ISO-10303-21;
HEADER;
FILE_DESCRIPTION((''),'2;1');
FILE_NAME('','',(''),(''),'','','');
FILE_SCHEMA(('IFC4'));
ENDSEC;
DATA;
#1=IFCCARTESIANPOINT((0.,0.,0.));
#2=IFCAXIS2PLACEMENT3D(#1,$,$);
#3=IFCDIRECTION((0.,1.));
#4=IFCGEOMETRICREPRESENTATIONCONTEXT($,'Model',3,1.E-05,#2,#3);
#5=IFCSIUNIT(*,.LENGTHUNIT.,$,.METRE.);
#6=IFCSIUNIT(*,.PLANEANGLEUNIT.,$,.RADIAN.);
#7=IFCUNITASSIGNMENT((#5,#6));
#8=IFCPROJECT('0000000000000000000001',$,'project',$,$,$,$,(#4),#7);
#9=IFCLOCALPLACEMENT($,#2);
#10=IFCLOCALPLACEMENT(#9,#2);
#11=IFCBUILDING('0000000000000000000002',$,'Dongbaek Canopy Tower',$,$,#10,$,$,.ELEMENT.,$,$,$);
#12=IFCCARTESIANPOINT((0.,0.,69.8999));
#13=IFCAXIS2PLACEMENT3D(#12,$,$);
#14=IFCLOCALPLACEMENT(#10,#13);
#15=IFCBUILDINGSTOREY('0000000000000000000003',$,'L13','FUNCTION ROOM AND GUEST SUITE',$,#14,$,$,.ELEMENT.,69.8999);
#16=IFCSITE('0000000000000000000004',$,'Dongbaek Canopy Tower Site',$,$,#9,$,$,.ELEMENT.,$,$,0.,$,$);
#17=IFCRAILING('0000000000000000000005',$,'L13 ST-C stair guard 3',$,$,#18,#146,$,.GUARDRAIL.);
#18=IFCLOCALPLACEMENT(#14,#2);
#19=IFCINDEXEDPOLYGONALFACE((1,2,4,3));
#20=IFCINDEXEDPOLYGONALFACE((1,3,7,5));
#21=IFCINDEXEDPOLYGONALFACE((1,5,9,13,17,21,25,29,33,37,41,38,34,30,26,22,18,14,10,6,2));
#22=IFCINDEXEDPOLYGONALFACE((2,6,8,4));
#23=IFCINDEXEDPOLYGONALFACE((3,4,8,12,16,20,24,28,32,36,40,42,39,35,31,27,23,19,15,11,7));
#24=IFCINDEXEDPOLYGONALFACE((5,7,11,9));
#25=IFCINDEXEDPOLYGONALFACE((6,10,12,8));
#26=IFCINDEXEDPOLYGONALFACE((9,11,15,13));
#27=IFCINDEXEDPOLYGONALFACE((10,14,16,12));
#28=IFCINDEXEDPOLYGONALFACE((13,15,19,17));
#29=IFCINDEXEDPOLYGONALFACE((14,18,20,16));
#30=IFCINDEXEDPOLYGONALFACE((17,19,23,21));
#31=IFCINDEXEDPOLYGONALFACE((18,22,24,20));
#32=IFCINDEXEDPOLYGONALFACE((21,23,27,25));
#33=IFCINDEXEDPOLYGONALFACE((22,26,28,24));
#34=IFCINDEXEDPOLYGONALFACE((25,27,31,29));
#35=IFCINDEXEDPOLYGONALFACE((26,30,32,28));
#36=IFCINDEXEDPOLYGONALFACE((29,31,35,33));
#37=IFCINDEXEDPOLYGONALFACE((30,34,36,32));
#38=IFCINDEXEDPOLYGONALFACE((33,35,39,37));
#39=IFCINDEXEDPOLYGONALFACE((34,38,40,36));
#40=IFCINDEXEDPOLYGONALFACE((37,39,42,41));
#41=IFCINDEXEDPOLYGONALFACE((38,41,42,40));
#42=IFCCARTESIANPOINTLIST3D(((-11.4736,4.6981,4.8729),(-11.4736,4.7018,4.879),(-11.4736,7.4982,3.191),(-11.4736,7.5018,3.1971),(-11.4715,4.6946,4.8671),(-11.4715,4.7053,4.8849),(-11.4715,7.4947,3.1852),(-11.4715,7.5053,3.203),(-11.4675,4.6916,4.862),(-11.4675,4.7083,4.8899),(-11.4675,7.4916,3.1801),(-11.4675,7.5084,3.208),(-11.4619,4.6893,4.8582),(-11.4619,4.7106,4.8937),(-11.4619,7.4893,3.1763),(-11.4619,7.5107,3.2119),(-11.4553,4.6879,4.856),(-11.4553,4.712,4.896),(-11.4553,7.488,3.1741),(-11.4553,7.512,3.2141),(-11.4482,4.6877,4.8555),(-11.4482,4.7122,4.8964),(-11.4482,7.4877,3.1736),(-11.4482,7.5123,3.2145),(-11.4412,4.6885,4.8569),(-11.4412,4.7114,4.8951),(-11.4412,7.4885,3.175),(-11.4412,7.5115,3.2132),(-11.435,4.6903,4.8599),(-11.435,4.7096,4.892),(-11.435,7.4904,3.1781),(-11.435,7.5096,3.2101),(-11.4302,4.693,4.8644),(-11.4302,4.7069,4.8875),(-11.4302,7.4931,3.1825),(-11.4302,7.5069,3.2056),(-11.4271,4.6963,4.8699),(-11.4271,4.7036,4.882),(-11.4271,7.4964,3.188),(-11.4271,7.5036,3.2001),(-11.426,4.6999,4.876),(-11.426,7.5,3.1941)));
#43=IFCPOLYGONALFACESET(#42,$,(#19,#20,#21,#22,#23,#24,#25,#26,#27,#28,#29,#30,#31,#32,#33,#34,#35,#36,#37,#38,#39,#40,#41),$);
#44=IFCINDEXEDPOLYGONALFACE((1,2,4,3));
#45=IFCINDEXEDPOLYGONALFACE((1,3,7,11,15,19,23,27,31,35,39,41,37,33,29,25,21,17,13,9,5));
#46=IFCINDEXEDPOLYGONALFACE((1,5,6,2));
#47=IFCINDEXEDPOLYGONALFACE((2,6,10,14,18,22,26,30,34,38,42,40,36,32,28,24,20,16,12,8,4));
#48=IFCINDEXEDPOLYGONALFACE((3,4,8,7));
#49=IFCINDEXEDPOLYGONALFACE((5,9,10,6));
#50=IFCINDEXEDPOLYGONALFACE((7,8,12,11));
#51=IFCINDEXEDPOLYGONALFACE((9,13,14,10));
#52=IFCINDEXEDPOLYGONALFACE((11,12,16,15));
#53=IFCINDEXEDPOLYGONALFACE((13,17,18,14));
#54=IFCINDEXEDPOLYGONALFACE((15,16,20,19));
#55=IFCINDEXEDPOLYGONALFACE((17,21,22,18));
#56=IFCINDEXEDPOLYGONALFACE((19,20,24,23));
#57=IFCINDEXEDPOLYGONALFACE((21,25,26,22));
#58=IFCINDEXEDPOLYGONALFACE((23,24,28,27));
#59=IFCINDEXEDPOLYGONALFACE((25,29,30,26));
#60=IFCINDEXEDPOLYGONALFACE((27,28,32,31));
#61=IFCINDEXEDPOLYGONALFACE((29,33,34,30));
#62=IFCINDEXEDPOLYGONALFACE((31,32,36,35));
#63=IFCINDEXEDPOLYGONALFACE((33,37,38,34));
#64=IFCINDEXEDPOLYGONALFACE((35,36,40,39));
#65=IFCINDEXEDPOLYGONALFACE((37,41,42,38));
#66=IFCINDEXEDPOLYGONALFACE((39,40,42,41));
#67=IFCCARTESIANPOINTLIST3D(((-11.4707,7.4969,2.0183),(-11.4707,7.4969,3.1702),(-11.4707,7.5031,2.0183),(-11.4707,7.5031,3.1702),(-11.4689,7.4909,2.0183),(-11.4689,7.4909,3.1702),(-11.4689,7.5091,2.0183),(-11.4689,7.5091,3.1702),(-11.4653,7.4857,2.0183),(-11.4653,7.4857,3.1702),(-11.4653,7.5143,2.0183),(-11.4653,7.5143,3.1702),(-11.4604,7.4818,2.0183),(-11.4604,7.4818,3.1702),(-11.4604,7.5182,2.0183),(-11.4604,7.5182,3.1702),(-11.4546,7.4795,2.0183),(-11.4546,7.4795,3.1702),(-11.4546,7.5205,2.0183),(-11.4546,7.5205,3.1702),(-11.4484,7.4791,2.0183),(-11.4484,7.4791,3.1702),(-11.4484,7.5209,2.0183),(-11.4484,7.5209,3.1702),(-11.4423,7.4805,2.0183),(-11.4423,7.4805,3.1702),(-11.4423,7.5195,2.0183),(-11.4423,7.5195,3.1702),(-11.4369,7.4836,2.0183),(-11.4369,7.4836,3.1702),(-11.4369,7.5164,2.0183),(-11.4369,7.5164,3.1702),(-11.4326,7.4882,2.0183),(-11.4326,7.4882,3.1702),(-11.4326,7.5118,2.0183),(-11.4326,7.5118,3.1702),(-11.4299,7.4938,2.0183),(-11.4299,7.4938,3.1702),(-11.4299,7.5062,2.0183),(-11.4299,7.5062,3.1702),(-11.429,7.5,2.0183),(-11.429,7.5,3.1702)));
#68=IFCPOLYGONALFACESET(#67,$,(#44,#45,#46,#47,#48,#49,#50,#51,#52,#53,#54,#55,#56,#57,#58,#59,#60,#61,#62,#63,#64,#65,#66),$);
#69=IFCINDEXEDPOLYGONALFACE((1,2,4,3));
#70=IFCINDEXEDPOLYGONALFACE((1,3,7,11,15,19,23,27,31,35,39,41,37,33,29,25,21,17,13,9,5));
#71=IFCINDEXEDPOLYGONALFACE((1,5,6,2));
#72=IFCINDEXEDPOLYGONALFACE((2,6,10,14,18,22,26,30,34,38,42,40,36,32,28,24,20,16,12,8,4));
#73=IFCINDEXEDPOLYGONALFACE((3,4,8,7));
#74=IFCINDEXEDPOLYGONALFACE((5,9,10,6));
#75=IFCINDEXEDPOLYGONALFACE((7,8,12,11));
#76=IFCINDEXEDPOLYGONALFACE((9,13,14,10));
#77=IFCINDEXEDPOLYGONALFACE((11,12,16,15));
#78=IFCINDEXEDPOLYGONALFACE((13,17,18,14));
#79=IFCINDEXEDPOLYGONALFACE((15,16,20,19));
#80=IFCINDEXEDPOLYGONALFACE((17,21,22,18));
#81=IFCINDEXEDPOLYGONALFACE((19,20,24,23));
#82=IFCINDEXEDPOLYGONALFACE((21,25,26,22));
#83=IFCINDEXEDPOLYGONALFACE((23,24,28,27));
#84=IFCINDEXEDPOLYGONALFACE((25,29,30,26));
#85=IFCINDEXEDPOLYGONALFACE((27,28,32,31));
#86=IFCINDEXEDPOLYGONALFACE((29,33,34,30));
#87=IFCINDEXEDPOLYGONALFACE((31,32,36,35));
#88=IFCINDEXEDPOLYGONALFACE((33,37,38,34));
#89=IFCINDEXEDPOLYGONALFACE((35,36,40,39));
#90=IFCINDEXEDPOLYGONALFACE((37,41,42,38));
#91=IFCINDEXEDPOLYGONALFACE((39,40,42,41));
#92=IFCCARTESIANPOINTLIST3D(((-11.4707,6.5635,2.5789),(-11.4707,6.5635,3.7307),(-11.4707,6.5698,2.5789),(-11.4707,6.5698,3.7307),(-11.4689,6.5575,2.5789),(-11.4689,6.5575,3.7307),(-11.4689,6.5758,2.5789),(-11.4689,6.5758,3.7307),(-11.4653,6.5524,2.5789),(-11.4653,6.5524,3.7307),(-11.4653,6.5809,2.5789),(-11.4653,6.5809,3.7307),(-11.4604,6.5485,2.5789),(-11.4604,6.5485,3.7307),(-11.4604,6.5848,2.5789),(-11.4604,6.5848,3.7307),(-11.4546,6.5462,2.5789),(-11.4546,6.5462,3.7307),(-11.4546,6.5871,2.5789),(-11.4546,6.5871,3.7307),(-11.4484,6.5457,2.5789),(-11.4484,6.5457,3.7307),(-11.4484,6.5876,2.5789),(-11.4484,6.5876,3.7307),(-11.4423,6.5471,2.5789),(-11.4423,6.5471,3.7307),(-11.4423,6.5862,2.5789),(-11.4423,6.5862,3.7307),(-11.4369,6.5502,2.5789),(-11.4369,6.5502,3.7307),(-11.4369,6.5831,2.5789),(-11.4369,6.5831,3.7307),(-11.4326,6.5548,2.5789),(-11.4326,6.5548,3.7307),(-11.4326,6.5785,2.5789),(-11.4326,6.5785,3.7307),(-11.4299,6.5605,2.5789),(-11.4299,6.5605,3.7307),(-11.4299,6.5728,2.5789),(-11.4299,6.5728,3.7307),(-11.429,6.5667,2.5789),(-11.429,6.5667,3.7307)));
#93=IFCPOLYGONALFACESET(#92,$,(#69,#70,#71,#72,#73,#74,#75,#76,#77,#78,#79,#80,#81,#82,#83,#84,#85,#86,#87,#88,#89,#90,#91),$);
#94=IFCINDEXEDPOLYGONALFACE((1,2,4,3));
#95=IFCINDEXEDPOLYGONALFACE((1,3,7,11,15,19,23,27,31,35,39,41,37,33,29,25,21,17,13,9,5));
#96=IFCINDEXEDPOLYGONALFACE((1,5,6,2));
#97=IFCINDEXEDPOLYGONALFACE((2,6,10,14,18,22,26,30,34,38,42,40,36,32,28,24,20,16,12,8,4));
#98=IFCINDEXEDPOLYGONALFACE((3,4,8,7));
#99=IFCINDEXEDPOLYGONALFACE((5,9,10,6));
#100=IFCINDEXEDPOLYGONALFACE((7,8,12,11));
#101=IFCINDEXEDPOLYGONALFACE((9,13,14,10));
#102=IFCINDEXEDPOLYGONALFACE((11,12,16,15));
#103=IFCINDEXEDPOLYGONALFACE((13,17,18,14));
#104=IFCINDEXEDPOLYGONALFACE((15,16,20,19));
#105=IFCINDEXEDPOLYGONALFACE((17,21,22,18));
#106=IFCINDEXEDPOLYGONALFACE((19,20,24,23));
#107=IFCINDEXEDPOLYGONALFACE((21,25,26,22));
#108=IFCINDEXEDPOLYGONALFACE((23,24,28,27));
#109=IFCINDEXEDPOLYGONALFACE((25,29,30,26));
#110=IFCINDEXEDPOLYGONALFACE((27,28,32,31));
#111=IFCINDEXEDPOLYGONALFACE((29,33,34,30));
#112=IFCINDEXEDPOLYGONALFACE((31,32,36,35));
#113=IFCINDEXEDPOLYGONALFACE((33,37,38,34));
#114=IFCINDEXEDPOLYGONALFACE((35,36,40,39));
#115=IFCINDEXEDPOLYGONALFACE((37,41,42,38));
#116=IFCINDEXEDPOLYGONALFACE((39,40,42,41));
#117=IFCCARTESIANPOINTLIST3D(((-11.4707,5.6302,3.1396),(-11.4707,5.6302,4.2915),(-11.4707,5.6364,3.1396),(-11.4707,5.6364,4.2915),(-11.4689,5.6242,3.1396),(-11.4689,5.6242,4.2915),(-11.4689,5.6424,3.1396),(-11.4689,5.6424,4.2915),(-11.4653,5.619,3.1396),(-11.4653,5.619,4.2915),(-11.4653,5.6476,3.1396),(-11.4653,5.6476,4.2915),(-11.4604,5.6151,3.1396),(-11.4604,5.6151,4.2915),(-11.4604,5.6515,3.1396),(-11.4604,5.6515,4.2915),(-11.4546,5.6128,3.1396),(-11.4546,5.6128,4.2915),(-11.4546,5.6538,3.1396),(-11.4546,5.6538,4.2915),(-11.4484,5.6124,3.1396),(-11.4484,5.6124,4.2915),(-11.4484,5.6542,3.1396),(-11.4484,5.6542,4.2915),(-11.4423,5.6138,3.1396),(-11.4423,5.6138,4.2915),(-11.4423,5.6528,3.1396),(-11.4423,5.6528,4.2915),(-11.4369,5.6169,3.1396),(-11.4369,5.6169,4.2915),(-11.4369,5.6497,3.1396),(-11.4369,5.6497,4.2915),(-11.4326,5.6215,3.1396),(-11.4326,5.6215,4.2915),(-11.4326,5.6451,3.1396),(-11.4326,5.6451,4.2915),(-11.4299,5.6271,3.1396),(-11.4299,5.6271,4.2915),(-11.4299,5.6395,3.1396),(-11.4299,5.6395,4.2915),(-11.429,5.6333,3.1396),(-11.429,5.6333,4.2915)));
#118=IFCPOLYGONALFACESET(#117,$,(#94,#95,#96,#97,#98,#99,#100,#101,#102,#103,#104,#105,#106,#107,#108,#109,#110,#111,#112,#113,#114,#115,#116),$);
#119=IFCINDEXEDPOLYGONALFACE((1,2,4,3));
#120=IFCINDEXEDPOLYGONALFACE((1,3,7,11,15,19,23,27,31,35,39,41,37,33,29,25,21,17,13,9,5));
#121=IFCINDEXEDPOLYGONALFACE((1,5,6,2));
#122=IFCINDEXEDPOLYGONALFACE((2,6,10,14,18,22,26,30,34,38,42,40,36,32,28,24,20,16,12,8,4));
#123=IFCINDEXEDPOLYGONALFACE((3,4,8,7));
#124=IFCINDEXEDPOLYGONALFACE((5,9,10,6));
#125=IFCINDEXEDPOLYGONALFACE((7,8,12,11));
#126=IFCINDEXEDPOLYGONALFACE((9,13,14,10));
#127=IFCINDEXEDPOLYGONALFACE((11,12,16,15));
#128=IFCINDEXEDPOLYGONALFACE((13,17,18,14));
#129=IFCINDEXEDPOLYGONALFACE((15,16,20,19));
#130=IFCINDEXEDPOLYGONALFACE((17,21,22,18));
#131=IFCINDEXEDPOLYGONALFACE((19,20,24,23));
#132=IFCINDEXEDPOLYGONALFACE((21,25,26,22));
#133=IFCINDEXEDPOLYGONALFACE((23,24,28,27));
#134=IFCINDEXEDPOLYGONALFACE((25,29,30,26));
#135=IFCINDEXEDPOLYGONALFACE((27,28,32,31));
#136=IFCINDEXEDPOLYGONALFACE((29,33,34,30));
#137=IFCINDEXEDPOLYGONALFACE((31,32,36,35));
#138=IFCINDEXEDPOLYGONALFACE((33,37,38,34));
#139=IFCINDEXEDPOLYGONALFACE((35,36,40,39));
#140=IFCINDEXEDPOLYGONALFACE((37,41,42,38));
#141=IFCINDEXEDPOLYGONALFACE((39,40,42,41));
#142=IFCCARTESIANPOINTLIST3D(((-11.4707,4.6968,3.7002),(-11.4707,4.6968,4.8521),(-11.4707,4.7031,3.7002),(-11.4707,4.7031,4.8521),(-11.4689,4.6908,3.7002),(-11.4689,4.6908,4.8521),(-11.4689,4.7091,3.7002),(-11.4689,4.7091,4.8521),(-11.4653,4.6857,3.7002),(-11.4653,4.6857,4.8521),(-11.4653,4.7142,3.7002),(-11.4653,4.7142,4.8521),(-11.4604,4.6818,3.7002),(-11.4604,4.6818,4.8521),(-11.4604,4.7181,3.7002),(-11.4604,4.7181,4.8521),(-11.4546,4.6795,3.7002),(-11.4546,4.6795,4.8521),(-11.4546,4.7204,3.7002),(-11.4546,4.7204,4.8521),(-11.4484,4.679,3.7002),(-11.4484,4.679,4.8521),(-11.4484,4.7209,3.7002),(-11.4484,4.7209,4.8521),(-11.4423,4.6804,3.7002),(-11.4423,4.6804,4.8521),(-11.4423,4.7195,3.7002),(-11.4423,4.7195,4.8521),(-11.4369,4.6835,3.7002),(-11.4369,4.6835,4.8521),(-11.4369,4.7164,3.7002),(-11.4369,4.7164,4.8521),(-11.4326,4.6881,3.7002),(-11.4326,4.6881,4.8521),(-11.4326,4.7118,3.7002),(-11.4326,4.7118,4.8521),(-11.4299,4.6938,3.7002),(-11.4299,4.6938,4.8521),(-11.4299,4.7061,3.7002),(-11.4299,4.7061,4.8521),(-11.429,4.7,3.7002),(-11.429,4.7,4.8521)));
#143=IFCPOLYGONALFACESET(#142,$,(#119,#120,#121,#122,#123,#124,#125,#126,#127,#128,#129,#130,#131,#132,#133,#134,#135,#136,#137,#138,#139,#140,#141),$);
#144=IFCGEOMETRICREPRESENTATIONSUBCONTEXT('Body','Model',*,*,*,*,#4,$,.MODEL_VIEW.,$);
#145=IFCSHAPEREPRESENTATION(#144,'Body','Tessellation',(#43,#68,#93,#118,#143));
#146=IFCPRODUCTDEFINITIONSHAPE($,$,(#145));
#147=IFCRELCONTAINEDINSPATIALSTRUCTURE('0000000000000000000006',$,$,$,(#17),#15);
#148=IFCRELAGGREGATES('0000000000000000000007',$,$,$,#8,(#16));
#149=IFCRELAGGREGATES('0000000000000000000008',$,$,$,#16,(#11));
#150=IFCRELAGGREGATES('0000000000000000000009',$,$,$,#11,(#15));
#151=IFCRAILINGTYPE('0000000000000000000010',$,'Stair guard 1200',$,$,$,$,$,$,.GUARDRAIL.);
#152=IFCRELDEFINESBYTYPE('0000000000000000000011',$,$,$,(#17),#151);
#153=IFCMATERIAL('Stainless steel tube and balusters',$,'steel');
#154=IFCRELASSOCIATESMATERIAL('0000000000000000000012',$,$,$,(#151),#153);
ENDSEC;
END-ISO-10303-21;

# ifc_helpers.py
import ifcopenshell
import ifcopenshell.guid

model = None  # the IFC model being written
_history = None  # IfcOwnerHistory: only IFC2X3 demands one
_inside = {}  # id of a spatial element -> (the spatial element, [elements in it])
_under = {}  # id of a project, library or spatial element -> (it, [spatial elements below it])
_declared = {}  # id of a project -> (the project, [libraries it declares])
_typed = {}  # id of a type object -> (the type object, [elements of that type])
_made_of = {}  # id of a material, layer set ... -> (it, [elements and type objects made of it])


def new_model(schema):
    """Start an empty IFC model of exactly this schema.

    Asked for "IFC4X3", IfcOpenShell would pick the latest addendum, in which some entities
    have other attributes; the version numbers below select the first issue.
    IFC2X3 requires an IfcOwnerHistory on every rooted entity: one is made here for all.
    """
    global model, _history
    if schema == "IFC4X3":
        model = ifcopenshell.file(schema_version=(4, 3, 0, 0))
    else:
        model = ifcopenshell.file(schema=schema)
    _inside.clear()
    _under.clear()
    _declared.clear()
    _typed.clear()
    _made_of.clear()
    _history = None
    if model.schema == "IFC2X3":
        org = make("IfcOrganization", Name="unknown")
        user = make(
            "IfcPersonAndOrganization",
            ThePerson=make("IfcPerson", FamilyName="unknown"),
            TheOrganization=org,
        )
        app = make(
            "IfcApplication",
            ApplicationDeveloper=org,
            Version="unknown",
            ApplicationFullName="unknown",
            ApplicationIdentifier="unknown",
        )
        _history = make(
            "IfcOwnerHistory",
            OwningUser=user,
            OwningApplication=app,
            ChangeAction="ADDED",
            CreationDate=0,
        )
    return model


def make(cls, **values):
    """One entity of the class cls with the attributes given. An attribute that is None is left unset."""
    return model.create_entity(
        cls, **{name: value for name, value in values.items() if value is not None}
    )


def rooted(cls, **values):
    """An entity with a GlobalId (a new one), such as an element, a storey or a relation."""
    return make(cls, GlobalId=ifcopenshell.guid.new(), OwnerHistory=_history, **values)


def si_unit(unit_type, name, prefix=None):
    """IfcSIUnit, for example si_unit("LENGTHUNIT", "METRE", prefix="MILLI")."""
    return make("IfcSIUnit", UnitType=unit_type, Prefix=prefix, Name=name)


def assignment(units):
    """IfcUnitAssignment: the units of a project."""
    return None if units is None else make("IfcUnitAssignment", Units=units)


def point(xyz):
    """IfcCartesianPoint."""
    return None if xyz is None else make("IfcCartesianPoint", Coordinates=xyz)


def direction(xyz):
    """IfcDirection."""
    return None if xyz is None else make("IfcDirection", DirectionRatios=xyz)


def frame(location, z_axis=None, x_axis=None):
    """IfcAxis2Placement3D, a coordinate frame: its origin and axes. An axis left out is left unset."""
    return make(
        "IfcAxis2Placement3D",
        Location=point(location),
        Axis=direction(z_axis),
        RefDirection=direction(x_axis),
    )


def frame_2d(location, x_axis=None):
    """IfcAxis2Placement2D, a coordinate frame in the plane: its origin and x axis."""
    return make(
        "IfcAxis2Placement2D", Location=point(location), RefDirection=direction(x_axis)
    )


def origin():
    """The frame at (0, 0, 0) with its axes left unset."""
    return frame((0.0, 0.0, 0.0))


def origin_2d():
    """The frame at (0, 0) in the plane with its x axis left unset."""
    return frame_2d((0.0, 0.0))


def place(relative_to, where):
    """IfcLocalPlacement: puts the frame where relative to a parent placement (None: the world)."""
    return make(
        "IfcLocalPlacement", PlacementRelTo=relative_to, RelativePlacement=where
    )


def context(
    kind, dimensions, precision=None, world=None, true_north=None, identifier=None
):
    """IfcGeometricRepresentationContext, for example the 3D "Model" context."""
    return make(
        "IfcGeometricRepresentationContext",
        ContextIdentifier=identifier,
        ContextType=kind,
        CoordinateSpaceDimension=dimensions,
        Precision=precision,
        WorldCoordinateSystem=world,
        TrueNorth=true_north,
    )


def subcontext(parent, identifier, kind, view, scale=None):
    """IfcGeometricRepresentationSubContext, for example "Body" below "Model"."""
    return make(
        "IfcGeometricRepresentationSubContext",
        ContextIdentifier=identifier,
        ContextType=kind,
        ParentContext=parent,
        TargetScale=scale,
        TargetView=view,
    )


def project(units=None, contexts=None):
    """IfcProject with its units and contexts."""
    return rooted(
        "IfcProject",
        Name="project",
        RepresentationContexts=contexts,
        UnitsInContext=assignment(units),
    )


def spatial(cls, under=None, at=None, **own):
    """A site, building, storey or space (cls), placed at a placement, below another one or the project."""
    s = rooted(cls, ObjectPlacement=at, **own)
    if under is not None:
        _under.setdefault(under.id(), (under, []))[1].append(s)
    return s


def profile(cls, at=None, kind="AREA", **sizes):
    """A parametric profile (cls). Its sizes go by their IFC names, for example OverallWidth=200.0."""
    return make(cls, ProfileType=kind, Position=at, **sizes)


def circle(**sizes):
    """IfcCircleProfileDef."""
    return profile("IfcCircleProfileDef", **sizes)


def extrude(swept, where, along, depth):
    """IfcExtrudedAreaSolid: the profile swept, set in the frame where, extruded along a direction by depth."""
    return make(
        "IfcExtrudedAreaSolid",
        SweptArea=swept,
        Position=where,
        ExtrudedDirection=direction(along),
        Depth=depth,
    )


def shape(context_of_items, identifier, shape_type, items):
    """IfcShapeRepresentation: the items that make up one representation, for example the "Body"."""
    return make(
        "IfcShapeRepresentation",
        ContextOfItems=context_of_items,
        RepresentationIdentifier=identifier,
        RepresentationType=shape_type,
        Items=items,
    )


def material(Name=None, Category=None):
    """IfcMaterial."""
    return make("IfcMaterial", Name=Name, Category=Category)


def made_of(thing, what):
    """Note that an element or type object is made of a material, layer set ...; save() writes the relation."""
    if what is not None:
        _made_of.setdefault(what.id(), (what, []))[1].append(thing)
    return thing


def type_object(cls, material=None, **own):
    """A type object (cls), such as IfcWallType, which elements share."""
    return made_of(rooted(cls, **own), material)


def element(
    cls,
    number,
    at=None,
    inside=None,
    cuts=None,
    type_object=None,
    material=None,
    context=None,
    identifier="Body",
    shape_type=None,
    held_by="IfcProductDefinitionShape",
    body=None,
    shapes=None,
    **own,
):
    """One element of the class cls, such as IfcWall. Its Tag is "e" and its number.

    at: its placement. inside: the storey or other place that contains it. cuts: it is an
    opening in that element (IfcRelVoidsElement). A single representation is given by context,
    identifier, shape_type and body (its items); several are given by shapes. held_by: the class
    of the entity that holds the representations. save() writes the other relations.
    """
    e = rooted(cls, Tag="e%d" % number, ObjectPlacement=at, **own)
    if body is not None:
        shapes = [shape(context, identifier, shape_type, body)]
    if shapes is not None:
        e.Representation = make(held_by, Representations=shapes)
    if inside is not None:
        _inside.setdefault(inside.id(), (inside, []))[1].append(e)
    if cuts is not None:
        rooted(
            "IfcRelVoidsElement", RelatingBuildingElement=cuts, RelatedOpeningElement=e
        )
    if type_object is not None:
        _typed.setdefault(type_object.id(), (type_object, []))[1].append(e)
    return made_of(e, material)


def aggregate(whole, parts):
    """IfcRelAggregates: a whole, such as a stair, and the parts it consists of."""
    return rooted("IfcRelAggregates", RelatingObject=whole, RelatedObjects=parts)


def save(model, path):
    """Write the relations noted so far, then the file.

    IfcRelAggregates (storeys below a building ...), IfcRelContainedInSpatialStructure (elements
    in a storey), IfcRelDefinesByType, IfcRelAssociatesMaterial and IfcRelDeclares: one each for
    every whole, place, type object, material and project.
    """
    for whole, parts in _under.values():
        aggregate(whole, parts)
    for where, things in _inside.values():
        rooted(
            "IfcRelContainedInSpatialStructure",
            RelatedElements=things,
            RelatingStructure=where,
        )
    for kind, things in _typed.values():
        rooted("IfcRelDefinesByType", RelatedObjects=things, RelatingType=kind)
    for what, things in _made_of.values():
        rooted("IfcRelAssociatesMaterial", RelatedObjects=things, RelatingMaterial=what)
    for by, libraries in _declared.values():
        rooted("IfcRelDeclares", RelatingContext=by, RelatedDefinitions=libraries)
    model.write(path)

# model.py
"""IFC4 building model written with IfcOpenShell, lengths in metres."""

from ifc_helpers import new_model, si_unit, direction, frame, origin, origin_2d, place, context, subcontext, project, spatial, circle, extrude, material, type_object, element, save


model = new_model("IFC4")

# Units and contexts
model_context = context("Model", 3, precision=1e-05, world=origin(), true_north=direction((0.0, 1.0)))
body_context = subcontext(model_context, "Body", "Model", "MODEL_VIEW")
ifc_project = project(units=[si_unit("LENGTHUNIT", "METRE"), si_unit("PLANEANGLEUNIT", "RADIAN")], contexts=[model_context])

# Site, building, storey
site_placement = place(None, origin())
site = spatial("IfcSite", under=ifc_project, at=site_placement, Name="Dongbaek Canopy Tower Site", CompositionType="ELEMENT", RefElevation=0.0)
building_placement = place(site_placement, origin())
building = spatial("IfcBuilding", under=site, at=building_placement, Name="Dongbaek Canopy Tower", CompositionType="ELEMENT")
storey_placement = place(building_placement, frame((0.0, 0.0, 69.8999)))
storey = spatial("IfcBuildingStorey", under=building, at=storey_placement, Name="L13", Description="FUNCTION ROOM AND GUEST SUITE", CompositionType="ELEMENT", Elevation=69.8999)

# Railing
ifc_material_1 = material(Name="Stainless steel tube and balusters", Category="steel")
railing_type_1 = type_object("IfcRailingType", Name="Stair guard 1200", PredefinedType="GUARDRAIL", material=ifc_material_1)
railing_1_placement = place(storey_placement, frame((-11.45, 7.5, 2.0183)))
element("IfcRailing", 1, at=railing_1_placement, inside=storey, type_object=railing_type_1, Name="L13 ST-C stair guard 3", PredefinedType="GUARDRAIL", context=body_context, shape_type="SweptSolid", body=[
    extrude(circle(Radius=0.0239, at=origin_2d()), frame((0.0, 0.0, 1.1758), z_axis=(0.0, -0.857242, 0.514913), x_axis=(1.0, 0.0, 0.0)), (0.0, 0.0, 1.0), 3.2664),
    extrude(circle(Radius=0.021, at=origin_2d()), origin(), (0.0, 0.0, 1.0), 1.1519),
    extrude(circle(Radius=0.021, at=origin_2d()), frame((0.0, -0.9333, 0.5605)), (0.0, 0.0, 1.0), 1.1519),
    extrude(circle(Radius=0.021, at=origin_2d()), frame((0.0, -1.8667, 1.1213)), (0.0, 0.0, 1.0), 1.1519),
    extrude(circle(Radius=0.021, at=origin_2d()), frame((0.0, -2.8, 1.6819)), (0.0, 0.0, 1.0), 1.1519),
])

save(model, "model.ifc")
